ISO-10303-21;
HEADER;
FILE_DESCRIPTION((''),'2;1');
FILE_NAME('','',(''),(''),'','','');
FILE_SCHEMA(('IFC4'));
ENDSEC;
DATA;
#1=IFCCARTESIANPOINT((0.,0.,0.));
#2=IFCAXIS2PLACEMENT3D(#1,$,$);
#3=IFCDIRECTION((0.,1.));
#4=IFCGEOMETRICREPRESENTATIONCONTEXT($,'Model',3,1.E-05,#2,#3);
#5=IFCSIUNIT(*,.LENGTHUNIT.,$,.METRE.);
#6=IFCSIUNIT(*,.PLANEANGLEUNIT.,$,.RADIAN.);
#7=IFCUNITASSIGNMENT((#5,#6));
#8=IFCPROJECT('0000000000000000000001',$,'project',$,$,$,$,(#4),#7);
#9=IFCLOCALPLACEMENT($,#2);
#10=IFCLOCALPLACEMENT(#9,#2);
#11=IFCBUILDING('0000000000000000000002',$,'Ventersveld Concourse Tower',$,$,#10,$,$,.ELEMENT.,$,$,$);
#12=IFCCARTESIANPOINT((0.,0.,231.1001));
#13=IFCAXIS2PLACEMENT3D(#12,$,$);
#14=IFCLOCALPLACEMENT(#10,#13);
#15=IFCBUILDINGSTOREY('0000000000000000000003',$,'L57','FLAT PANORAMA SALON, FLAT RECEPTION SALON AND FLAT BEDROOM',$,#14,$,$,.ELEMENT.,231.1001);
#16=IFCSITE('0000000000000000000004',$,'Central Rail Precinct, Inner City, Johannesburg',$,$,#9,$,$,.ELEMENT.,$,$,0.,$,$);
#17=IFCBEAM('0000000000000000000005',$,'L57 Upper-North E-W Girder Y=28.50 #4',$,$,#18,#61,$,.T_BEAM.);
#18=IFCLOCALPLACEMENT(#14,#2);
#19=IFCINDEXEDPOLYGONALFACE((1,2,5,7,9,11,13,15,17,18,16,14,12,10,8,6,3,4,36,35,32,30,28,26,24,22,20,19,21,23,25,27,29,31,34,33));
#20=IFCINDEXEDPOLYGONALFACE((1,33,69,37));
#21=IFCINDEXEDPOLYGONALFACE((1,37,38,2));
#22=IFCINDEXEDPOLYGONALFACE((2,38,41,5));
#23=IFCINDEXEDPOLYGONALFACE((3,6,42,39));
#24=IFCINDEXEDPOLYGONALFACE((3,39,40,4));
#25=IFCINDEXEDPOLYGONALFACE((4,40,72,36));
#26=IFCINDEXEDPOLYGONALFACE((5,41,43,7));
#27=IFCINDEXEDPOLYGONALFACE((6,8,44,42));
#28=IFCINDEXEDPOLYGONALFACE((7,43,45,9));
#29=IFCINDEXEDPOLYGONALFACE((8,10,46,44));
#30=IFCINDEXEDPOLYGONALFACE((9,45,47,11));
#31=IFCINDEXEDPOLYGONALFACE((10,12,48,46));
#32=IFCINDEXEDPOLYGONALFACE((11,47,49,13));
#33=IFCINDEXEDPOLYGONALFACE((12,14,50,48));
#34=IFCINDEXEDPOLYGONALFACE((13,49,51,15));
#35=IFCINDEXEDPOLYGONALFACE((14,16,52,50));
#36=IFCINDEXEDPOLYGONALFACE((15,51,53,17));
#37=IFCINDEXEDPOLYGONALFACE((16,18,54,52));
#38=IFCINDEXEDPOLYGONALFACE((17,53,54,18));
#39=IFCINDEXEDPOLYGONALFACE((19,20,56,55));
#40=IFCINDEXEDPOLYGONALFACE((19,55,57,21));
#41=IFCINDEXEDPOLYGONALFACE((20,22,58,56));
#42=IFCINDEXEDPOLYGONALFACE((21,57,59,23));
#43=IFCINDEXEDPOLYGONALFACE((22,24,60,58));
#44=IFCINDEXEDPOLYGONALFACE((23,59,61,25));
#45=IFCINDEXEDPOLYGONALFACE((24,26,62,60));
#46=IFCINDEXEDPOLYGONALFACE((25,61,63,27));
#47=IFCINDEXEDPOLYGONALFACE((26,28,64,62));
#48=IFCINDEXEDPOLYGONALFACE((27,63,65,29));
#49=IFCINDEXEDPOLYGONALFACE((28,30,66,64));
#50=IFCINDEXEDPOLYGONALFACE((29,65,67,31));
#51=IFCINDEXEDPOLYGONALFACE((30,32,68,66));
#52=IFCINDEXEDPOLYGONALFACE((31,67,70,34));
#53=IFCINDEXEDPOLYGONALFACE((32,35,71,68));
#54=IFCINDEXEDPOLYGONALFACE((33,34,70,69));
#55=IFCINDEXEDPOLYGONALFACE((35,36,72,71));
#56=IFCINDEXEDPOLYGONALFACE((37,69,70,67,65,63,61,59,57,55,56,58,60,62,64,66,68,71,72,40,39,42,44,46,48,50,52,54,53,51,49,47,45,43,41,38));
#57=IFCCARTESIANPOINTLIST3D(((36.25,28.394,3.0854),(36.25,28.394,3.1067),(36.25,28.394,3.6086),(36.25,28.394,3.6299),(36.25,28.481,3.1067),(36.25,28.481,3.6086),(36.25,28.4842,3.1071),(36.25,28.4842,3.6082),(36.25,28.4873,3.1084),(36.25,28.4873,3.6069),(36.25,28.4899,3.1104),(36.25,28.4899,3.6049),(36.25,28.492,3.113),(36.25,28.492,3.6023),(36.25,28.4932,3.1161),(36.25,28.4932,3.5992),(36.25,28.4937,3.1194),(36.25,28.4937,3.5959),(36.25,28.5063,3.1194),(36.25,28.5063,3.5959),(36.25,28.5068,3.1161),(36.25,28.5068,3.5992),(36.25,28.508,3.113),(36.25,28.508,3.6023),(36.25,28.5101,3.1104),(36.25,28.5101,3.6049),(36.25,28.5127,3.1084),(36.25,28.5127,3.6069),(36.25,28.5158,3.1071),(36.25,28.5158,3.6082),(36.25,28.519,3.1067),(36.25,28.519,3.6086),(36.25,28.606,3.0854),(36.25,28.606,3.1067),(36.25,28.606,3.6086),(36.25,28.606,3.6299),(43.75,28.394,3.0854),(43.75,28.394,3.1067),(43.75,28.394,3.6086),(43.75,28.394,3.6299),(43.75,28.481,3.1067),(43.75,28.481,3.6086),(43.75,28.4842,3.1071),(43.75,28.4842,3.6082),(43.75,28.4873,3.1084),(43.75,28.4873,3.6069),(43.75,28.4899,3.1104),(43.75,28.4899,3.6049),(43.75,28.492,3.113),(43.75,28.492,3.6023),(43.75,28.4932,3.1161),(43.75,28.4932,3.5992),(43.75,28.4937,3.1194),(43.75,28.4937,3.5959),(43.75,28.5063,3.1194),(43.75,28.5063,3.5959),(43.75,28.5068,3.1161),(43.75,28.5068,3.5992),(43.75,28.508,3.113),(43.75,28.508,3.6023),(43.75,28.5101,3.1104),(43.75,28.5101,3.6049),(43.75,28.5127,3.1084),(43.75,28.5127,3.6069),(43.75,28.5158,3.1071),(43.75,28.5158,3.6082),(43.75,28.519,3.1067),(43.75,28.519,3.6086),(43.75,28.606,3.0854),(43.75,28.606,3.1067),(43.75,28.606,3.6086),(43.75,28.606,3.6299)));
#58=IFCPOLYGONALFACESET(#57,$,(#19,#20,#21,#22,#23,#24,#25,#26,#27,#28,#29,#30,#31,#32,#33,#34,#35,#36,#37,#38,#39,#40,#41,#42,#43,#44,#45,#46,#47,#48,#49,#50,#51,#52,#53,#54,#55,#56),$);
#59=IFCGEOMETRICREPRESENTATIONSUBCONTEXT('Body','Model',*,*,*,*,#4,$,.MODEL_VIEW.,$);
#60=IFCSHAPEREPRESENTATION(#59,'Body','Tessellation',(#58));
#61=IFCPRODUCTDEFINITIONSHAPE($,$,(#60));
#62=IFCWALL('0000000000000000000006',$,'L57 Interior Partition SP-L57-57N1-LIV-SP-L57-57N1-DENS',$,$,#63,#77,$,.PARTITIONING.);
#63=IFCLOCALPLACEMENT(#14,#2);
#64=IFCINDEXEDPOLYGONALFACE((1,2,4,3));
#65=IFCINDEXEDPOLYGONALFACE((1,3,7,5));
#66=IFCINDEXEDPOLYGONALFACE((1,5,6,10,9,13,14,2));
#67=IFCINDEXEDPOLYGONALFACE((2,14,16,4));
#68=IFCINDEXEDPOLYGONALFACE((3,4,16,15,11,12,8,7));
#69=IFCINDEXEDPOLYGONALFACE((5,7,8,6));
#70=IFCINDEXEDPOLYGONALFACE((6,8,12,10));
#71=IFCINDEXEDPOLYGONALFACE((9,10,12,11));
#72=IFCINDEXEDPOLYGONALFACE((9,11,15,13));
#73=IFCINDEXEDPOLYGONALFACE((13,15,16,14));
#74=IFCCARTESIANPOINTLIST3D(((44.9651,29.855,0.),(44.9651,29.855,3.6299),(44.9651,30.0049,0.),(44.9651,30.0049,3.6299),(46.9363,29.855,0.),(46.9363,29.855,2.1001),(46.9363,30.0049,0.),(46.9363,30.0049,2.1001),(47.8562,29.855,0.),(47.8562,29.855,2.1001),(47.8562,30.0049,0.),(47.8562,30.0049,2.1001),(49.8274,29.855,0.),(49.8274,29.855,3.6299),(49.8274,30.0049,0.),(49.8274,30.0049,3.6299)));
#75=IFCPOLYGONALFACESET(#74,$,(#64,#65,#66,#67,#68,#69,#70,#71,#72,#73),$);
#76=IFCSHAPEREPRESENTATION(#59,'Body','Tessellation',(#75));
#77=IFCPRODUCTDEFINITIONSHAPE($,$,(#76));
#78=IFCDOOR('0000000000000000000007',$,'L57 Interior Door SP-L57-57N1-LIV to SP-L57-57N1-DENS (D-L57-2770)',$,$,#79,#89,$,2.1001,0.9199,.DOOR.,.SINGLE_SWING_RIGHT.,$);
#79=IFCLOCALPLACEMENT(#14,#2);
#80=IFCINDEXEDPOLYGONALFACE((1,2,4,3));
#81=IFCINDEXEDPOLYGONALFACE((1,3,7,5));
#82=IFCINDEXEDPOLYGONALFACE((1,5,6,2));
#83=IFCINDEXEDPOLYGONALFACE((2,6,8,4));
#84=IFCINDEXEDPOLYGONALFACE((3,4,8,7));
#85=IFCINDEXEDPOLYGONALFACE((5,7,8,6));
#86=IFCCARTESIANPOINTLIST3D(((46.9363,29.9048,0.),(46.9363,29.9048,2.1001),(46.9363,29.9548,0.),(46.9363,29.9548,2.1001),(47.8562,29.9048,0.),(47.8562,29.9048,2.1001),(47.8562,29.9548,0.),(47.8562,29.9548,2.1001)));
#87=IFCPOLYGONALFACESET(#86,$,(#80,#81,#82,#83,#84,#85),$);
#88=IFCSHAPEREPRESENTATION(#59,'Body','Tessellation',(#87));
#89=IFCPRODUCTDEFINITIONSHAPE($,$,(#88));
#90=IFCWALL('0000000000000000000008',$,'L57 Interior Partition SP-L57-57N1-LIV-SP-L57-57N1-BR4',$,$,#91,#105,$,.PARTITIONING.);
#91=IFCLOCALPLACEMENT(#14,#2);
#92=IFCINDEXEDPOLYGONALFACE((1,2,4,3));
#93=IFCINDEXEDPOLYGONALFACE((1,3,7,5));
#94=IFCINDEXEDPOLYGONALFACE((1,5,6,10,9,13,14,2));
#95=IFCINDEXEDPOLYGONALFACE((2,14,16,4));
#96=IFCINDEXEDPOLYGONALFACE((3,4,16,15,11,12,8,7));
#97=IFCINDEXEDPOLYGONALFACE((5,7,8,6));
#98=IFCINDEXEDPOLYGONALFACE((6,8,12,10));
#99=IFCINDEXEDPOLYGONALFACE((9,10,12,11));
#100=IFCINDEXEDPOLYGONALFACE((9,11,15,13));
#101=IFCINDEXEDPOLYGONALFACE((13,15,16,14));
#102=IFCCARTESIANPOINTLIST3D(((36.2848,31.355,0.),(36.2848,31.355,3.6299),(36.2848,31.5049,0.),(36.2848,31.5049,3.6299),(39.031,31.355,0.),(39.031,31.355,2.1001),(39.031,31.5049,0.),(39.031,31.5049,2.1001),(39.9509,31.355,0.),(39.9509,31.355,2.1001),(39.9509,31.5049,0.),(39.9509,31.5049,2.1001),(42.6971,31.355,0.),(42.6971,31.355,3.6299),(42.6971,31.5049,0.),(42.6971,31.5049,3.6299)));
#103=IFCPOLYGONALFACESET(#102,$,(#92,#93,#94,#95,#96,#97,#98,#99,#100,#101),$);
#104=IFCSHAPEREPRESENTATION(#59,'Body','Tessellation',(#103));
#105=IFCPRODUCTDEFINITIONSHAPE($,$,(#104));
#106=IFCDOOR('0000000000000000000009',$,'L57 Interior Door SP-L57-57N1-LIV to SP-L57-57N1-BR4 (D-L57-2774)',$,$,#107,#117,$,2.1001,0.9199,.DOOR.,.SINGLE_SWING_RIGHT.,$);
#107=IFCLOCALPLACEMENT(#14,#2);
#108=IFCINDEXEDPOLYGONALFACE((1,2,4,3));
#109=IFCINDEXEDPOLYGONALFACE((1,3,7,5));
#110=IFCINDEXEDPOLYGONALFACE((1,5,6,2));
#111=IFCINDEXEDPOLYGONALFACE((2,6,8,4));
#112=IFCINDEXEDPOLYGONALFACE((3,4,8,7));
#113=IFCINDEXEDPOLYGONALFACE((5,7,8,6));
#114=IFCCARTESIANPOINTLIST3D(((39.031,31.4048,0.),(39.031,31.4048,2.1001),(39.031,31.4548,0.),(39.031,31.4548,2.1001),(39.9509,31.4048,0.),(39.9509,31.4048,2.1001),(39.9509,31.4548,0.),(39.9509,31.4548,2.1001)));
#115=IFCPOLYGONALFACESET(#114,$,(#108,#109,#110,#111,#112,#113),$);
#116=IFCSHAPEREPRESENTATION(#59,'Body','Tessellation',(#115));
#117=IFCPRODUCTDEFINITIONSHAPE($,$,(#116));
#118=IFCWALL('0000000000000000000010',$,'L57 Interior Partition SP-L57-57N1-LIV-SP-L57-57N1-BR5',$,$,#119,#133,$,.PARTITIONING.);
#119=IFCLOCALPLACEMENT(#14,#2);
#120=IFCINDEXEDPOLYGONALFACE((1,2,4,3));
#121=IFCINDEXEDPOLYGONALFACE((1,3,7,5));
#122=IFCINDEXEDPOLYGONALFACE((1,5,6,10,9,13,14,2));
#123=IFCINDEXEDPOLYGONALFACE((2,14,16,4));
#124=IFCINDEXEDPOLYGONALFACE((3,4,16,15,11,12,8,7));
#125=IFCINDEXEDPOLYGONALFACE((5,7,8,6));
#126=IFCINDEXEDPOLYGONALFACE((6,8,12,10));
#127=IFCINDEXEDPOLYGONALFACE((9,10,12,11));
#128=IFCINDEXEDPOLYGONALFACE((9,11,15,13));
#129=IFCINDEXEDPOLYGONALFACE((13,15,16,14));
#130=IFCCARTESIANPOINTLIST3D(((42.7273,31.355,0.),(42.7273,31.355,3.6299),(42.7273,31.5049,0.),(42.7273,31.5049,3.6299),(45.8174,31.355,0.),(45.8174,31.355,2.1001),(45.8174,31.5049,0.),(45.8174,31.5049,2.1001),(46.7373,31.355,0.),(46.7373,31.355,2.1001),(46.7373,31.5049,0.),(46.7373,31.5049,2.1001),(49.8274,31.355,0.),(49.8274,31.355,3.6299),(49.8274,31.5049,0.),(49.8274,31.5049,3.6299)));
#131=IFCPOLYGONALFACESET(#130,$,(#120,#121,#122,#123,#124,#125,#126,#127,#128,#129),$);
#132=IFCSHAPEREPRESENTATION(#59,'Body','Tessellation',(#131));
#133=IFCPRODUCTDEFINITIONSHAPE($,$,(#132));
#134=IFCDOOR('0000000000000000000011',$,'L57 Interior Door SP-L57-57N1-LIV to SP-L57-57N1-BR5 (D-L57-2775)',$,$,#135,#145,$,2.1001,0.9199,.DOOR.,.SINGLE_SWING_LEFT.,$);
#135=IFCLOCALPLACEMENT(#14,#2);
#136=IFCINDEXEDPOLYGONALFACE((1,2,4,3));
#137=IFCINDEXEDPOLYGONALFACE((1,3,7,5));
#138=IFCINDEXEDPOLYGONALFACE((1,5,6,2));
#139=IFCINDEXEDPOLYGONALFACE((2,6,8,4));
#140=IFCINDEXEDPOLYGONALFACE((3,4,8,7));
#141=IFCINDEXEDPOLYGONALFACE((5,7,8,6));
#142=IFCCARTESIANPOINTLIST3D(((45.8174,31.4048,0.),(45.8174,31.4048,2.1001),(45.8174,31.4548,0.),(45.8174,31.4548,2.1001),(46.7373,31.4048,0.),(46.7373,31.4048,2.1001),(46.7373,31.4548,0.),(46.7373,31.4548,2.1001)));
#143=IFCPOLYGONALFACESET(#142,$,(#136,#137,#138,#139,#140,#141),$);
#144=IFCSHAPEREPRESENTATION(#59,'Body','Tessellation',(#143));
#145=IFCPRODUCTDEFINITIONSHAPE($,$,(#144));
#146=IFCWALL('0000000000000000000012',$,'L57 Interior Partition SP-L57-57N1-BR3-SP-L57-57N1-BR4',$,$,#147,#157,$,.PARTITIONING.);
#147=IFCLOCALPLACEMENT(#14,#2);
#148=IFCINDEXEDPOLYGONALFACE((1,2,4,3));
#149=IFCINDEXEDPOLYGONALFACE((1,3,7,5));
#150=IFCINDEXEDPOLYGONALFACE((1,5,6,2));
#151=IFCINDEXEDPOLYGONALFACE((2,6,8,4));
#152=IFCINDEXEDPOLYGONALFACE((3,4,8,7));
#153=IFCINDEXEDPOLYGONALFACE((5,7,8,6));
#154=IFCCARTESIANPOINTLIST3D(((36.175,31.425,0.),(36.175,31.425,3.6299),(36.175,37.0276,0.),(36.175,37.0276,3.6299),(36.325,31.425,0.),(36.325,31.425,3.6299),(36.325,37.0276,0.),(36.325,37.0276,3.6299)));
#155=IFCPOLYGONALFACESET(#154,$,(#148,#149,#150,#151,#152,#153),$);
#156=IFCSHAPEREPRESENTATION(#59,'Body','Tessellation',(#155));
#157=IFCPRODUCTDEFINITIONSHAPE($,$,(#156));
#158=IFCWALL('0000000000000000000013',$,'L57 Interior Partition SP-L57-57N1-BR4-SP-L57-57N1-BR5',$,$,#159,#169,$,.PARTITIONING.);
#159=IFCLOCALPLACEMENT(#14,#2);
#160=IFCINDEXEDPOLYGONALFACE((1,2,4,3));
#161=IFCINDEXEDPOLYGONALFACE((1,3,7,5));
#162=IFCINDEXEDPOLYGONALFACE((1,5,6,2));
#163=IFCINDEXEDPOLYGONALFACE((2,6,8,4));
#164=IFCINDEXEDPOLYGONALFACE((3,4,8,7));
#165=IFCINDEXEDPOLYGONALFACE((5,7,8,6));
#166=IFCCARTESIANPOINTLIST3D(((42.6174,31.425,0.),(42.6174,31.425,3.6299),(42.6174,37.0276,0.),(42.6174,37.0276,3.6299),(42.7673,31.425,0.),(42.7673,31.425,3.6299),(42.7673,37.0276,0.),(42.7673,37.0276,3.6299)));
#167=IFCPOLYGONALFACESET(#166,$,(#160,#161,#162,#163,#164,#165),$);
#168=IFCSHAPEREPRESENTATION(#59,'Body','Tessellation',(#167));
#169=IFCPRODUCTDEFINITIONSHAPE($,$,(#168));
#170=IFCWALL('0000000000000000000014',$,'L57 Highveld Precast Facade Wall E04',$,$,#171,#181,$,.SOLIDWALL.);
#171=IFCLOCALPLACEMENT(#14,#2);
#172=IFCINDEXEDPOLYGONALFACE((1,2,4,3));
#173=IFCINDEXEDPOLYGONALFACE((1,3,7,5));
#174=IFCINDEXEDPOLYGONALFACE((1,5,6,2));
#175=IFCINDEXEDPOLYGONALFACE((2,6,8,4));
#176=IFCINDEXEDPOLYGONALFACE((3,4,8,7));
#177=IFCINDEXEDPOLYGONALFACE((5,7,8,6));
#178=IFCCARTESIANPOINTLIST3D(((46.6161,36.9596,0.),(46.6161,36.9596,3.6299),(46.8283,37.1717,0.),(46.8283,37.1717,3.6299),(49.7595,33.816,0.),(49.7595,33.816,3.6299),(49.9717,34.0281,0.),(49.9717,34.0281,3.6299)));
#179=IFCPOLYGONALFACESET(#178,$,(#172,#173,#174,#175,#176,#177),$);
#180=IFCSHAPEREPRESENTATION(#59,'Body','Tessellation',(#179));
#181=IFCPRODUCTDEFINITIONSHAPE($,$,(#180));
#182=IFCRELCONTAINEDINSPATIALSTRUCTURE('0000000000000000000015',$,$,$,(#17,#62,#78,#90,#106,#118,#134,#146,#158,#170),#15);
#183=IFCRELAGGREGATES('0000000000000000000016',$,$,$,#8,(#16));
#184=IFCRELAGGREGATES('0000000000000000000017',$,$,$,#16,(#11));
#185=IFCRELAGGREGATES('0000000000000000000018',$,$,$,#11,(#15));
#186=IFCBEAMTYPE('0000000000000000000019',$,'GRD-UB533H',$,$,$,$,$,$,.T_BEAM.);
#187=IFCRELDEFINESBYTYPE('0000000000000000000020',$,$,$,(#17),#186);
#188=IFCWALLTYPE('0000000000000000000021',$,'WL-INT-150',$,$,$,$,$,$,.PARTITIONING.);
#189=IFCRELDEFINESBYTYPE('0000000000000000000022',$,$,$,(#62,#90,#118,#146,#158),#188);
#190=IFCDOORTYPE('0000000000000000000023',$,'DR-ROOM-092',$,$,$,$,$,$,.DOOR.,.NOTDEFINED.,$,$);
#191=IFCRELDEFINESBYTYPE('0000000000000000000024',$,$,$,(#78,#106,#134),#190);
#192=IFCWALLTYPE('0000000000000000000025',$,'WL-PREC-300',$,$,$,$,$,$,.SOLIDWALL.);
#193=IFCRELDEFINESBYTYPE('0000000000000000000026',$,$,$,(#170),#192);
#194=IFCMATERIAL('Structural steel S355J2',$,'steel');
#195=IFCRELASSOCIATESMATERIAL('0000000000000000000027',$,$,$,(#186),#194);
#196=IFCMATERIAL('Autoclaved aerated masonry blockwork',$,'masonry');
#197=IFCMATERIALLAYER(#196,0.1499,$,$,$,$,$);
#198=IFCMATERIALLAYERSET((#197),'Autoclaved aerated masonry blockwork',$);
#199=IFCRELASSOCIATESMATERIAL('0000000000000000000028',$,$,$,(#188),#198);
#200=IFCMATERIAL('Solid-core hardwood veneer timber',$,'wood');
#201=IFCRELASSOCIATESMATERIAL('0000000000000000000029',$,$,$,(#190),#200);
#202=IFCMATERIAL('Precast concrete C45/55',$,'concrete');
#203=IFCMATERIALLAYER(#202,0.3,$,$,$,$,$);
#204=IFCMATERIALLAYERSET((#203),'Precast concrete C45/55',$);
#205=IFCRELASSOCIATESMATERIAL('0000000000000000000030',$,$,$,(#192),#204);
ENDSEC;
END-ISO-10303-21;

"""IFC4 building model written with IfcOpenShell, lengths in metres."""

from ifc_helpers import new_model, si_unit, direction, frame, frame_2d, origin, origin_2d, place, context, subcontext, project, spatial, rectangle, i_section, extrude, material, layer, layer_set, material_profile, profile_set, type_object, element, fill, save


model = new_model("IFC4")

# Units and contexts
model_context = context("Model", 3, precision=1e-05, world=origin(), true_north=direction((0.0, 1.0)))
body_context = subcontext(model_context, "Body", "Model", "MODEL_VIEW")
ifc_project = project(units=[si_unit("LENGTHUNIT", "METRE"), si_unit("PLANEANGLEUNIT", "RADIAN")], contexts=[model_context])

# Site, building, storey
site_placement = place(None, origin())
site = spatial("IfcSite", under=ifc_project, at=site_placement, Name="Central Rail Precinct, Inner City, Johannesburg", CompositionType="ELEMENT", RefElevation=0.0)
building_placement = place(site_placement, origin())
building = spatial("IfcBuilding", under=site, at=building_placement, Name="Ventersveld Concourse Tower", CompositionType="ELEMENT")
storey_placement = place(building_placement, frame((0.0, 0.0, 231.1001)))
storey = spatial("IfcBuildingStorey", under=building, at=storey_placement, Name="L57", Description="FLAT PANORAMA SALON, FLAT RECEPTION SALON AND FLAT BEDROOM", CompositionType="ELEMENT", Elevation=231.1001)

# Beam
ifc_material_1 = material(Name="Structural steel S355J2", Category="steel")
ifc_material_profile_1 = material_profile(ifc_material_1, i_section(OverallWidth=0.2119, OverallDepth=0.5444, WebThickness=0.0127, FlangeThickness=0.0212, FilletRadius=0.0127, at=origin_2d()), Name="UB 533x210x122")
ifc_profile_set_1 = profile_set([ifc_material_profile_1], Name="Structural steel S355J2")
beam_type_1 = type_object("IfcBeamType", Name="GRD-UB533H", PredefinedType="T_BEAM", material=ifc_profile_set_1)
beam_1_placement = place(storey_placement, frame((36.25, 28.5, 3.3577), z_axis=(1.0, 0.0, 0.0), x_axis=(0.0, 1.0, 0.0)))
element("IfcBeam", 1, at=beam_1_placement, inside=storey, type_object=beam_type_1, Name="L57 Upper-North E-W Girder Y=28.50 #4", PredefinedType="T_BEAM", context=body_context, shape_type="SweptSolid", body=[
    extrude(i_section(OverallWidth=0.2119, OverallDepth=0.5444, WebThickness=0.0127, FlangeThickness=0.0212, FilletRadius=0.0127, at=origin_2d()), origin(), (0.0, 0.0, 1.0), 7.5),
])

# Walls, openings, doors
ifc_material_2 = material(Name="Autoclaved aerated masonry blockwork", Category="masonry")
ifc_layer_1 = layer(ifc_material_2, 0.1499)
ifc_layer_set_1 = layer_set([ifc_layer_1], Name="Autoclaved aerated masonry blockwork")
wall_type_1 = type_object("IfcWallType", Name="WL-INT-150", PredefinedType="PARTITIONING", material=ifc_layer_set_1)
wall_1_placement = place(storey_placement, frame((44.9651, 29.9299, 0.0), z_axis=(0.0, 0.0, 1.0), x_axis=(1.0, 0.0, 0.0)))
wall_1 = element("IfcWall", 2, at=wall_1_placement, inside=storey, type_object=wall_type_1, Name="L57 Interior Partition SP-L57-57N1-LIV-SP-L57-57N1-DENS", PredefinedType="PARTITIONING", context=body_context, shape_type="SweptSolid", body=[
    extrude(rectangle(XDim=4.8623, YDim=0.1499, at=frame_2d((2.4312, 0.0))), origin(), (0.0, 0.0, 1.0), 3.6299),
])
opening_1_placement = place(wall_1_placement, frame((1.9712, 0.0, 0.0)))
opening_1 = element("IfcOpeningElement", 3, at=opening_1_placement, cuts=wall_1, PredefinedType="OPENING", context=body_context, shape_type="SweptSolid", body=[
    extrude(rectangle(XDim=0.9199, YDim=2.1001, at=frame_2d((0.46, 1.05))), frame((0.0, 0.085, 0.0), z_axis=(0.0, -1.0, 0.0), x_axis=(1.0, 0.0, 0.0)), (0.0, 0.0, 1.0), 0.1699),
])
ifc_material_3 = material(Name="Solid-core hardwood veneer timber", Category="wood")
door_type = type_object("IfcDoorType", Name="DR-ROOM-092", OperationType="NOTDEFINED", PredefinedType="DOOR", material=ifc_material_3)
door_1_placement = place(opening_1_placement, origin())
door_1 = element("IfcDoor", 4, at=door_1_placement, inside=storey, type_object=door_type, Name="L57 Interior Door SP-L57-57N1-LIV to SP-L57-57N1-DENS (D-L57-2770)", OperationType="SINGLE_SWING_RIGHT", OverallHeight=2.1001, OverallWidth=0.9199, PredefinedType="DOOR", context=body_context, shape_type="SweptSolid", body=[
    extrude(rectangle(XDim=0.9199, YDim=2.1001, at=frame_2d((0.46, 1.05))), frame((0.0, 0.0249, 0.0), z_axis=(0.0, -1.0, 0.0), x_axis=(1.0, 0.0, 0.0)), (0.0, 0.0, 1.0), 0.05),
])
fill(opening_1, door_1)
wall_2_placement = place(storey_placement, frame((36.2849, 31.4299, 0.0), z_axis=(0.0, 0.0, 1.0), x_axis=(1.0, 0.0, 0.0)))
wall_2 = element("IfcWall", 5, at=wall_2_placement, inside=storey, type_object=wall_type_1, Name="L57 Interior Partition SP-L57-57N1-LIV-SP-L57-57N1-BR4", PredefinedType="PARTITIONING", context=body_context, shape_type="SweptSolid", body=[
    extrude(rectangle(XDim=6.4124, YDim=0.1499, at=frame_2d((3.2061, 0.0))), origin(), (0.0, 0.0, 1.0), 3.6299),
])
opening_2_placement = place(wall_2_placement, frame((2.7461, 0.0, 0.0)))
opening_2 = element("IfcOpeningElement", 6, at=opening_2_placement, cuts=wall_2, PredefinedType="OPENING", context=body_context, shape_type="SweptSolid", body=[
    extrude(rectangle(XDim=0.9199, YDim=2.1001, at=frame_2d((0.46, 1.05))), frame((0.0, 0.085, 0.0), z_axis=(0.0, -1.0, 0.0), x_axis=(1.0, 0.0, 0.0)), (0.0, 0.0, 1.0), 0.1699),
])
door_2_placement = place(opening_2_placement, origin())
door_2 = element("IfcDoor", 7, at=door_2_placement, inside=storey, type_object=door_type, Name="L57 Interior Door SP-L57-57N1-LIV to SP-L57-57N1-BR4 (D-L57-2774)", OperationType="SINGLE_SWING_RIGHT", OverallHeight=2.1001, OverallWidth=0.9199, PredefinedType="DOOR", context=body_context, shape_type="SweptSolid", body=[
    extrude(rectangle(XDim=0.9199, YDim=2.1001, at=frame_2d((0.46, 1.05))), frame((0.0, 0.0249, 0.0), z_axis=(0.0, -1.0, 0.0), x_axis=(1.0, 0.0, 0.0)), (0.0, 0.0, 1.0), 0.05),
])
fill(opening_2, door_2)
wall_3_placement = place(storey_placement, frame((42.7273, 31.4299, 0.0), z_axis=(0.0, 0.0, 1.0), x_axis=(1.0, 0.0, 0.0)))
wall_3 = element("IfcWall", 8, at=wall_3_placement, inside=storey, type_object=wall_type_1, Name="L57 Interior Partition SP-L57-57N1-LIV-SP-L57-57N1-BR5", PredefinedType="PARTITIONING", context=body_context, shape_type="SweptSolid", body=[
    extrude(rectangle(XDim=7.1001, YDim=0.1499, at=frame_2d((3.55, 0.0))), origin(), (0.0, 0.0, 1.0), 3.6299),
])
opening_3_placement = place(wall_3_placement, frame((3.0901, 0.0, 0.0)))
opening_3 = element("IfcOpeningElement", 9, at=opening_3_placement, cuts=wall_3, PredefinedType="OPENING", context=body_context, shape_type="SweptSolid", body=[
    extrude(rectangle(XDim=0.9199, YDim=2.1001, at=frame_2d((0.46, 1.05))), frame((0.0, 0.085, 0.0), z_axis=(0.0, -1.0, 0.0), x_axis=(1.0, 0.0, 0.0)), (0.0, 0.0, 1.0), 0.1699),
])
door_3_placement = place(opening_3_placement, origin())
door_3 = element("IfcDoor", 10, at=door_3_placement, inside=storey, type_object=door_type, Name="L57 Interior Door SP-L57-57N1-LIV to SP-L57-57N1-BR5 (D-L57-2775)", OperationType="SINGLE_SWING_LEFT", OverallHeight=2.1001, OverallWidth=0.9199, PredefinedType="DOOR", context=body_context, shape_type="SweptSolid", body=[
    extrude(rectangle(XDim=0.9199, YDim=2.1001, at=frame_2d((0.46, 1.05))), frame((0.0, 0.0249, 0.0), z_axis=(0.0, -1.0, 0.0), x_axis=(1.0, 0.0, 0.0)), (0.0, 0.0, 1.0), 0.05),
])
fill(opening_3, door_3)

# Walls
for number, where, z_axis, x_axis, name in (
    (11, (36.25, 31.425, 0.0), (0.0, 0.0, 1.0), (0.0, 1.0, 0.0), "L57 Interior Partition SP-L57-57N1-BR3-SP-L57-57N1-BR4"),
    (12, (42.6924, 31.425, 0.0), (0.0, 0.0, 1.0), (0.0, 1.0, 0.0), "L57 Interior Partition SP-L57-57N1-BR4-SP-L57-57N1-BR5"),
):
    element("IfcWall", number, at=place(storey_placement, frame(where, z_axis=z_axis, x_axis=x_axis)), inside=storey, type_object=wall_type_1, Name=name, PredefinedType="PARTITIONING", context=body_context, shape_type="SweptSolid", body=[
        extrude(rectangle(XDim=5.6025, YDim=0.1499, at=frame_2d((2.8013, 0.0))), origin(), (0.0, 0.0, 1.0), 3.6299),
    ])
ifc_material_4 = material(Name="Precast concrete C45/55", Category="concrete")
ifc_layer_2 = layer(ifc_material_4, 0.3)
ifc_layer_set_2 = layer_set([ifc_layer_2], Name="Precast concrete C45/55")
wall_type_2 = type_object("IfcWallType", Name="WL-PREC-300", PredefinedType="SOLIDWALL", material=ifc_layer_set_2)
wall_4_placement = place(storey_placement, frame((49.8655, 33.9221, 0.0), z_axis=(0.0, 0.0, 1.0), x_axis=(-0.707079, 0.707134, 0.0)))
element("IfcWall", 13, at=wall_4_placement, inside=storey, type_object=wall_type_2, Name="L57 Highveld Precast Facade Wall E04", PredefinedType="SOLIDWALL", context=body_context, shape_type="SweptSolid", body=[
    extrude(rectangle(XDim=4.4456, YDim=0.3, at=frame_2d((2.2227, 0.0))), origin(), (0.0, 0.0, 1.0), 3.6299),
])

save(model, "model.ifc")
